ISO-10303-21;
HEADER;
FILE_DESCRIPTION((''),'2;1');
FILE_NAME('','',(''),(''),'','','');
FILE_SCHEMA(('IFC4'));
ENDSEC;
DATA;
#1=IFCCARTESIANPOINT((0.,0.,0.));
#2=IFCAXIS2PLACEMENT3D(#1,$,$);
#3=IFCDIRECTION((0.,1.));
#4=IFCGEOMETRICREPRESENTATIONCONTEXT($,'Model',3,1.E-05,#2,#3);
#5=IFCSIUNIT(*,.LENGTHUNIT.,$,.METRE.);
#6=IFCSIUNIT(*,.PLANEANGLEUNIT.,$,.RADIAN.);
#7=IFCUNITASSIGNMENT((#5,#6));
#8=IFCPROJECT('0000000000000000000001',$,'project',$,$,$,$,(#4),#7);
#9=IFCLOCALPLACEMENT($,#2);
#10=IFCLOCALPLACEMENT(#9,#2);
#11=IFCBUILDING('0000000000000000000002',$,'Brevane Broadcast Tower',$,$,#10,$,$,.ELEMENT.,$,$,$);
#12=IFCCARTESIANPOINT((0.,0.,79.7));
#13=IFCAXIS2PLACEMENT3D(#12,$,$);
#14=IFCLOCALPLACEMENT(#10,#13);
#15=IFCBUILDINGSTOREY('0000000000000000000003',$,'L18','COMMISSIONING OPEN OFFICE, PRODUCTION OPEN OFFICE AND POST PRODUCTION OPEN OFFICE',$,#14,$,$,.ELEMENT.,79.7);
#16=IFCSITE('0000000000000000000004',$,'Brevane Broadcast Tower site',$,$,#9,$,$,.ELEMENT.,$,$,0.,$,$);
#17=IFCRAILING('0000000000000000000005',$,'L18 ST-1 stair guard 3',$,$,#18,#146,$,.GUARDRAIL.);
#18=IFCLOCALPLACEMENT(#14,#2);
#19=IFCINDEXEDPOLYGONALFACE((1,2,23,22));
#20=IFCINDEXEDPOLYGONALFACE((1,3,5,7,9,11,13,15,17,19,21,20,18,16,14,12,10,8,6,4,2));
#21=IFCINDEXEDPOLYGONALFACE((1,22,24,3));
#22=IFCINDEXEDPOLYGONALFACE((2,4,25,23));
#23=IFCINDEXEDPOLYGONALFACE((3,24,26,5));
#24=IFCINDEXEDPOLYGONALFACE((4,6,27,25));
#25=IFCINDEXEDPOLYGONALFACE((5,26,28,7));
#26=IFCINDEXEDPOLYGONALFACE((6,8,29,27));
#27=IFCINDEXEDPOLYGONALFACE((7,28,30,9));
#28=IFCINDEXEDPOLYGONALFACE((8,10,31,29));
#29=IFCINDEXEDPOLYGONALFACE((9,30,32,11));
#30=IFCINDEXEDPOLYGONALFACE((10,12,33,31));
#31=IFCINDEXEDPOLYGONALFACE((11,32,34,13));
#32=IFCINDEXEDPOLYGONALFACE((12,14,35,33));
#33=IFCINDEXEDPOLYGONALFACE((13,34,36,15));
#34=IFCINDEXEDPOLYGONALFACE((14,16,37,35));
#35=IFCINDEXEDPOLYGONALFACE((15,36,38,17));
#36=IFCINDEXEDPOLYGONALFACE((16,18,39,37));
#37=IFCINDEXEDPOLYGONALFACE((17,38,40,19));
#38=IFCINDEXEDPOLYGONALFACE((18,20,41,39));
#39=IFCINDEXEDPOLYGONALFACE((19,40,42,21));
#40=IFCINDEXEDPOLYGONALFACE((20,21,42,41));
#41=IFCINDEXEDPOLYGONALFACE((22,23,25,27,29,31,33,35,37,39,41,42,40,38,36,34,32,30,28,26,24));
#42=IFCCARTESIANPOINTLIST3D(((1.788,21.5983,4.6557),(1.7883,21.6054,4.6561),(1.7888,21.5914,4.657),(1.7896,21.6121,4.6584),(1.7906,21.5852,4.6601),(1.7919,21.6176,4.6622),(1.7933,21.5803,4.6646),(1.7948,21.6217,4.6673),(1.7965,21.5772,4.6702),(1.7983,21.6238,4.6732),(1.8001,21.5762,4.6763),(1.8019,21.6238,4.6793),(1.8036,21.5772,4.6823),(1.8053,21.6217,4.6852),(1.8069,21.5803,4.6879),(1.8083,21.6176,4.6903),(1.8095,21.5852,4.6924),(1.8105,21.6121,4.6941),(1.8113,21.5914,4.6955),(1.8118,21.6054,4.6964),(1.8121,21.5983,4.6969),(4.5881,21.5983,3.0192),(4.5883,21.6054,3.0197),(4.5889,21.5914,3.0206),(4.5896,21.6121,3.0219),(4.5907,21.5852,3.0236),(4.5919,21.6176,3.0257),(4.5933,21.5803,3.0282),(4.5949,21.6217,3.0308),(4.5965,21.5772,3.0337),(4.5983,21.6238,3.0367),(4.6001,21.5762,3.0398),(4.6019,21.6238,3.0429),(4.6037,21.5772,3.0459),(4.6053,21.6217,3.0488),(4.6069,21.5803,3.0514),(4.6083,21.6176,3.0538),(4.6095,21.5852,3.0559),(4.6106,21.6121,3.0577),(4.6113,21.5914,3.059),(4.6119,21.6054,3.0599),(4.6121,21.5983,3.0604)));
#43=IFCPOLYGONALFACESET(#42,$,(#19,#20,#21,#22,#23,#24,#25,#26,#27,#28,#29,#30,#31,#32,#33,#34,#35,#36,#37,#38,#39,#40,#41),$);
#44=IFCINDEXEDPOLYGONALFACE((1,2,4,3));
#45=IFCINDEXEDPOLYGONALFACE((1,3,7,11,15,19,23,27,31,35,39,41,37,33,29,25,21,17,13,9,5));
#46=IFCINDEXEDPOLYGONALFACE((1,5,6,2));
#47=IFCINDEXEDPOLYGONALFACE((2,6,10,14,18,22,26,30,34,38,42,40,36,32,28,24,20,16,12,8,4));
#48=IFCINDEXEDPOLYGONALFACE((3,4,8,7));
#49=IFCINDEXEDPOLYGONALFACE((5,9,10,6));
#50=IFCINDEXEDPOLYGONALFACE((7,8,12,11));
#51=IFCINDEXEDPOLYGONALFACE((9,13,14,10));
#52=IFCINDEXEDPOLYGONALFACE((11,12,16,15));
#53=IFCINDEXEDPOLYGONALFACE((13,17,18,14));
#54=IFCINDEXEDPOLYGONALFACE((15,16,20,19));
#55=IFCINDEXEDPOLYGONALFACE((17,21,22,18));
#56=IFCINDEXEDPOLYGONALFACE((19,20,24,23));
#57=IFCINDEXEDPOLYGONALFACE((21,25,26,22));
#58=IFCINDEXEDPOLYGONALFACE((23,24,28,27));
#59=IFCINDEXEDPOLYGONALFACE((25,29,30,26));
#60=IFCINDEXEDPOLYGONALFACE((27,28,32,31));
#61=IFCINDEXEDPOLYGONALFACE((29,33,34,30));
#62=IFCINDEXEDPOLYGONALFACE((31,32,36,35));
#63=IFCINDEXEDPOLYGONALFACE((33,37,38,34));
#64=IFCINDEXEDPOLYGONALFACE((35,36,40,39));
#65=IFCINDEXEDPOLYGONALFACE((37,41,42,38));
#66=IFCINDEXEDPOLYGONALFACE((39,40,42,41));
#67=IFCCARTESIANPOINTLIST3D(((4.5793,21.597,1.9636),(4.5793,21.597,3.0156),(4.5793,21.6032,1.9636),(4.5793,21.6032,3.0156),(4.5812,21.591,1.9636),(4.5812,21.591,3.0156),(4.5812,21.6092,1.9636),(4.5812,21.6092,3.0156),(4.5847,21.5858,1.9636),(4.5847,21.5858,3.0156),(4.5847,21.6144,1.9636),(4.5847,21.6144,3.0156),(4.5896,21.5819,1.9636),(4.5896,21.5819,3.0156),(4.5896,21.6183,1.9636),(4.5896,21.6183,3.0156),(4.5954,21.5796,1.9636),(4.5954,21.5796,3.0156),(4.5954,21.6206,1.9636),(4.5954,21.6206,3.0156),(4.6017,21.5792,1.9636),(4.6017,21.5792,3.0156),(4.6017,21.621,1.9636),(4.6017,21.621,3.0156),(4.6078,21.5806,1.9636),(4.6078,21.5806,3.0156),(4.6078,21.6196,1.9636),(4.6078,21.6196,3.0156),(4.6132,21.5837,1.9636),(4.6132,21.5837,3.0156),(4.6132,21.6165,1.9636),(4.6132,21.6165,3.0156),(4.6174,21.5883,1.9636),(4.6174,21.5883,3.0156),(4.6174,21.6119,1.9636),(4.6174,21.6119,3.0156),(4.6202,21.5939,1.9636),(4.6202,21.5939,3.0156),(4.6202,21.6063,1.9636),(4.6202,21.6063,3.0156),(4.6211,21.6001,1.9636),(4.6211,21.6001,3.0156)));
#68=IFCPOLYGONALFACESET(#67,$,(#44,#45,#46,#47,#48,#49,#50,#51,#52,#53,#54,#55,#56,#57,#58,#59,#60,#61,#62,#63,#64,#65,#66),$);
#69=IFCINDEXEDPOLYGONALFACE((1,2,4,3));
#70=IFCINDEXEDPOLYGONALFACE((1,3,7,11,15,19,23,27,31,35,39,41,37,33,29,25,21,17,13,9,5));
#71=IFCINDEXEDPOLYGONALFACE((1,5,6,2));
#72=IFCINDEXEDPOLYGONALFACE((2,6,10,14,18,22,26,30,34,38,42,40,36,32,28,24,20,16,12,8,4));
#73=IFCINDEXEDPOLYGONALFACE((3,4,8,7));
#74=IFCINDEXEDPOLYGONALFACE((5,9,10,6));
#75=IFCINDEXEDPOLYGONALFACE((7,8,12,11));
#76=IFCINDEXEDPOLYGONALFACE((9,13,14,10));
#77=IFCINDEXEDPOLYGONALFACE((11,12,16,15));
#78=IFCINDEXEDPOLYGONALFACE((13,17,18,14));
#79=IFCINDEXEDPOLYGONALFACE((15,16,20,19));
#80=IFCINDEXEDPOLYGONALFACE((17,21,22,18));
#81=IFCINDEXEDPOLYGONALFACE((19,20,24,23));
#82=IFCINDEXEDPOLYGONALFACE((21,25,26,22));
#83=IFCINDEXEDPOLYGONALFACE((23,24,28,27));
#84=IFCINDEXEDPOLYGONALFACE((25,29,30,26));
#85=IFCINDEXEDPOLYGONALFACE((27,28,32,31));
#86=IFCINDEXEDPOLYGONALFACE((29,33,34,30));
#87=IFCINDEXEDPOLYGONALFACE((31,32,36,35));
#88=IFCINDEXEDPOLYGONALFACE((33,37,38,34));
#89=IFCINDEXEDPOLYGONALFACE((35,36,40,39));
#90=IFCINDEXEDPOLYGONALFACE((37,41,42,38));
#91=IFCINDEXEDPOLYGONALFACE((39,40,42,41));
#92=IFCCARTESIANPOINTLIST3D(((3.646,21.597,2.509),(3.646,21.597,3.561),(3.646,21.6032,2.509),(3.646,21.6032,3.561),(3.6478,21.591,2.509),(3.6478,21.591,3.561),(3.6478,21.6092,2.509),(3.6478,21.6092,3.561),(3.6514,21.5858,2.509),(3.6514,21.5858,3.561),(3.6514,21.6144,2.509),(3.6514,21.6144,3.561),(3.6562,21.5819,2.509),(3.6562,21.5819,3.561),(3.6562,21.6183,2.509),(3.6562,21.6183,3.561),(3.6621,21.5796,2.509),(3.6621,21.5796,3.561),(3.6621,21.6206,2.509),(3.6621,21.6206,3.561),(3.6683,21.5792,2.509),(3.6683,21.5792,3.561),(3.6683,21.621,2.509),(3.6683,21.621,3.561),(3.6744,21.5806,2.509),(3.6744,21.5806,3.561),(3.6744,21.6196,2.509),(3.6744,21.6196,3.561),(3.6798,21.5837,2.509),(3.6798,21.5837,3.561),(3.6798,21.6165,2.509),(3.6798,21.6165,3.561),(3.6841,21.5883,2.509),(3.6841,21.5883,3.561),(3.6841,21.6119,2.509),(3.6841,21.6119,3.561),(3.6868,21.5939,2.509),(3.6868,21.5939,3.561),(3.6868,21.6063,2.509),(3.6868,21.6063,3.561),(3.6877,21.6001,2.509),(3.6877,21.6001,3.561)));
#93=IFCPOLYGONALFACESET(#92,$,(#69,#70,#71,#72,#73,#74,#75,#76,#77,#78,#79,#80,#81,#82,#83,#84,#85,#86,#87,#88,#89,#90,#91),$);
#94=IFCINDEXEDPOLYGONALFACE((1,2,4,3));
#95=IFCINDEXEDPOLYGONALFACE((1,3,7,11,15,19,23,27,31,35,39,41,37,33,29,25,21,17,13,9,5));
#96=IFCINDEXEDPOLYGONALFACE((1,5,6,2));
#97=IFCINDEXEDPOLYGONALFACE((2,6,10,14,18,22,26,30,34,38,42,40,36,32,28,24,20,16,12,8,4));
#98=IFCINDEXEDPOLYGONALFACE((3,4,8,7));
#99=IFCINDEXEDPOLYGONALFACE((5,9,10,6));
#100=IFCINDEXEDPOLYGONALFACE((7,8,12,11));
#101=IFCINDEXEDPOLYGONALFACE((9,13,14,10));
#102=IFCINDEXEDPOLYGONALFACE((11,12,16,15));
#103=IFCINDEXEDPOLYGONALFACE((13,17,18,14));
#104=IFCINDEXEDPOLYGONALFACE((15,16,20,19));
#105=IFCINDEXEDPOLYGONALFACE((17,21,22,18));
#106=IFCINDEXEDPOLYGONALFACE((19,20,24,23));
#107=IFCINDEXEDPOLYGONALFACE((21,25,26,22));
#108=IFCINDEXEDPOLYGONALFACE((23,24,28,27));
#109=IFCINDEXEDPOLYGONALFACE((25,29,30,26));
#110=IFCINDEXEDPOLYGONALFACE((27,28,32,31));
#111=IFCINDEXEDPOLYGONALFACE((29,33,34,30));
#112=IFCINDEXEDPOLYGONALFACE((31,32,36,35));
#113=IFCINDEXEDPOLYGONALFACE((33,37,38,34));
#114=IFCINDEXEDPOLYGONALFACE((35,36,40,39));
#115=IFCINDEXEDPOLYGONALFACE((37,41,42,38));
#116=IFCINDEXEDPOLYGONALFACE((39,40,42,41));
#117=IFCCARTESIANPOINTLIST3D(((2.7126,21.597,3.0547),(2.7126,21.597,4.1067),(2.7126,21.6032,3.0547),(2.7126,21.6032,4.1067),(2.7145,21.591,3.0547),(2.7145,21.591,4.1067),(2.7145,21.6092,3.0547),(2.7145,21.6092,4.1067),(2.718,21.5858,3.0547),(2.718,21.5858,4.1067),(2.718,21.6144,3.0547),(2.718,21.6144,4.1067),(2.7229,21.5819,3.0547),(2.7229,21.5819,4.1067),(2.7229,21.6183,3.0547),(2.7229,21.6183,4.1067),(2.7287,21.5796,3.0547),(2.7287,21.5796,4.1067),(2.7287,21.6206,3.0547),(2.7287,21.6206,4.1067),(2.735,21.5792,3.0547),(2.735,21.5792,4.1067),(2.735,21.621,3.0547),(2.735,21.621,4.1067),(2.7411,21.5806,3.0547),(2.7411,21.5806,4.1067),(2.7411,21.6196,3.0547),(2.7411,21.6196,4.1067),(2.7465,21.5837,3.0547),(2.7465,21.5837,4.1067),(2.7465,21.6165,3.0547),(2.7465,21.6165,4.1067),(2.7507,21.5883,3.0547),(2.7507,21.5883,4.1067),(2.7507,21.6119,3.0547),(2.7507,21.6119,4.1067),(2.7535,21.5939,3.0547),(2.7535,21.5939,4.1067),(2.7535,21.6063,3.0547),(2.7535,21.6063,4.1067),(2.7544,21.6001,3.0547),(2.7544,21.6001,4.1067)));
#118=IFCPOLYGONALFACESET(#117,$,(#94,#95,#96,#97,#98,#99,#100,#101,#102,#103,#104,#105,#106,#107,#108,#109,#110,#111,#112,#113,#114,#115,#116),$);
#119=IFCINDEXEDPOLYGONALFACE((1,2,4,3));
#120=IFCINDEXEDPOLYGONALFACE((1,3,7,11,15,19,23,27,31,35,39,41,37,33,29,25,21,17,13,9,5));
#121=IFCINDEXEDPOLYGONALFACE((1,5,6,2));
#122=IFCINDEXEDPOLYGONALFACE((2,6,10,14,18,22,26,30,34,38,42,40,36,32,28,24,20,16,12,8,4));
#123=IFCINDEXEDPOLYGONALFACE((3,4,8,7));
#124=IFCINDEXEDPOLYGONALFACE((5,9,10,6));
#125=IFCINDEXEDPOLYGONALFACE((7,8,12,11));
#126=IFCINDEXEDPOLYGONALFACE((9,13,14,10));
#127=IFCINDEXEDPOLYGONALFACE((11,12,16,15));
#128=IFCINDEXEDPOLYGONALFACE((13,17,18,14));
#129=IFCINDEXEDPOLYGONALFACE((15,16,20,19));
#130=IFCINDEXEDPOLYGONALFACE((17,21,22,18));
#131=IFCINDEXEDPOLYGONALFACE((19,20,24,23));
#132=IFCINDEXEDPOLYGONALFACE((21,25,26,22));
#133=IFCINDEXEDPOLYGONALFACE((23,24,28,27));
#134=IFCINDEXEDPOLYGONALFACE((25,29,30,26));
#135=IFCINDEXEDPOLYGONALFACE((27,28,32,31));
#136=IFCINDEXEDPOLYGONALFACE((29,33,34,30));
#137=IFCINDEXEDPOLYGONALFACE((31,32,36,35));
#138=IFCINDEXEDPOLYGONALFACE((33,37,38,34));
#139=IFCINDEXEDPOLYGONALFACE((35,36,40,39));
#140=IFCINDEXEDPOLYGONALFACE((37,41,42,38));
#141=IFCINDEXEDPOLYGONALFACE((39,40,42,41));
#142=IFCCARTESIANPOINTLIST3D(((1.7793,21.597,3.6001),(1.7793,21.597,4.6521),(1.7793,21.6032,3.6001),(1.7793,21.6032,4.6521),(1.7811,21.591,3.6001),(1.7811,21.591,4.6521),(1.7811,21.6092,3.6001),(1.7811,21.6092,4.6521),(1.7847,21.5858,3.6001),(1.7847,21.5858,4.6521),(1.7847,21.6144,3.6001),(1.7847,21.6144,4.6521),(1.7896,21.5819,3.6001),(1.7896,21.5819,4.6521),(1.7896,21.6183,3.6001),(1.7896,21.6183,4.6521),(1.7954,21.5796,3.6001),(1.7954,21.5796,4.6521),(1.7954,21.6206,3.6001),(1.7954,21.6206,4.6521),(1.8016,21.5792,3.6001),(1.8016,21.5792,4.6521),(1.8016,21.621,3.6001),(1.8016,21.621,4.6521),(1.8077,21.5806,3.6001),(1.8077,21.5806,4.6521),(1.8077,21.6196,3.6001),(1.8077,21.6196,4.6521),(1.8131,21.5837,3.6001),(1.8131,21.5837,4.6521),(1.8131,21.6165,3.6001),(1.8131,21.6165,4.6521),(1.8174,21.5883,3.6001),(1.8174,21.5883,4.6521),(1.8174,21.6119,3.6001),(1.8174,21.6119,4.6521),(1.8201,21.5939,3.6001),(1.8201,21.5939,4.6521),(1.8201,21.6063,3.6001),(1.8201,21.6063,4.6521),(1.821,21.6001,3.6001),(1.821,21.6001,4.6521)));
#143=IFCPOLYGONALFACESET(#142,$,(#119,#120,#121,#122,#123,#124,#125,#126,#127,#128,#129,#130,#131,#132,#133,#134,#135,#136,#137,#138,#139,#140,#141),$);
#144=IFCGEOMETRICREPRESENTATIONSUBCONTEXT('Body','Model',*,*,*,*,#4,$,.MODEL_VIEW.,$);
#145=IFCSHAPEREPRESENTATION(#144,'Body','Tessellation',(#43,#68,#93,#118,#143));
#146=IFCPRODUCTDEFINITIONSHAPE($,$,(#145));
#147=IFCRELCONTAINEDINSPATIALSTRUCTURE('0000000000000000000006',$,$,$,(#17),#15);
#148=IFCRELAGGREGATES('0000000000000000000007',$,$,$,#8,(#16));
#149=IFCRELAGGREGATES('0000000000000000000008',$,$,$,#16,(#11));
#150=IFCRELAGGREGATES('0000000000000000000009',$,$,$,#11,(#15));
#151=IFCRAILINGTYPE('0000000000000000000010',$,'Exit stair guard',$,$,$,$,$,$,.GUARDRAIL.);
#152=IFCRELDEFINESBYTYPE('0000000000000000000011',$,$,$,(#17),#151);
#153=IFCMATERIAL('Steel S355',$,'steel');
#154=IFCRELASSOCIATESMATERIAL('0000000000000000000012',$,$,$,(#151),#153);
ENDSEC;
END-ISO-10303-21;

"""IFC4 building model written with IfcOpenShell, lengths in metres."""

from ifc_helpers import new_model, si_unit, direction, frame, origin, origin_2d, place, context, subcontext, project, spatial, circle, extrude, material, type_object, element, save


model = new_model("IFC4")

# Units and contexts
model_context = context("Model", 3, precision=1e-05, world=origin(), true_north=direction((0.0, 1.0)))
body_context = subcontext(model_context, "Body", "Model", "MODEL_VIEW")
ifc_project = project(units=[si_unit("LENGTHUNIT", "METRE"), si_unit("PLANEANGLEUNIT", "RADIAN")], contexts=[model_context])

# Site, building, storey
site_placement = place(None, origin())
site = spatial("IfcSite", under=ifc_project, at=site_placement, Name="Brevane Broadcast Tower site", CompositionType="ELEMENT", RefElevation=0.0)
building_placement = place(site_placement, origin())
building = spatial("IfcBuilding", under=site, at=building_placement, Name="Brevane Broadcast Tower", CompositionType="ELEMENT")
storey_placement = place(building_placement, frame((0.0, 0.0, 79.7)))
storey = spatial("IfcBuildingStorey", under=building, at=storey_placement, Name="L18", Description="COMMISSIONING OPEN OFFICE, PRODUCTION OPEN OFFICE AND POST PRODUCTION OPEN OFFICE", CompositionType="ELEMENT", Elevation=79.7)

# Railing
ifc_material_1 = material(Name="Steel S355", Category="steel")
railing_type_1 = type_object("IfcRailingType", Name="Exit stair guard", PredefinedType="GUARDRAIL", material=ifc_material_1)
railing_1_placement = place(storey_placement, frame((4.6001, 21.6001, 1.9636)))
element("IfcRailing", 1, at=railing_1_placement, inside=storey, type_object=railing_type_1, Name="L18 ST-1 stair guard 3", PredefinedType="GUARDRAIL", context=body_context, shape_type="SweptSolid", body=[
    extrude(circle(Radius=0.0239, at=origin_2d()), frame((0.0, 0.0, 1.0762), z_axis=(-0.863361, 0.0, 0.504587), x_axis=(0.0, -1.0, 0.0)), (0.0, 0.0, 1.0), 3.2432),
    extrude(circle(Radius=0.021, at=origin_2d()), origin(), (0.0, 0.0, 1.0), 1.052),
    extrude(circle(Radius=0.021, at=origin_2d()), frame((-0.9333, 0.0, 0.5454)), (0.0, 0.0, 1.0), 1.052),
    extrude(circle(Radius=0.021, at=origin_2d()), frame((-1.8667, 0.0, 1.0911)), (0.0, 0.0, 1.0), 1.052),
    extrude(circle(Radius=0.021, at=origin_2d()), frame((-2.8, 0.0, 1.6365)), (0.0, 0.0, 1.0), 1.052),
])

save(model, "model.ifc")
